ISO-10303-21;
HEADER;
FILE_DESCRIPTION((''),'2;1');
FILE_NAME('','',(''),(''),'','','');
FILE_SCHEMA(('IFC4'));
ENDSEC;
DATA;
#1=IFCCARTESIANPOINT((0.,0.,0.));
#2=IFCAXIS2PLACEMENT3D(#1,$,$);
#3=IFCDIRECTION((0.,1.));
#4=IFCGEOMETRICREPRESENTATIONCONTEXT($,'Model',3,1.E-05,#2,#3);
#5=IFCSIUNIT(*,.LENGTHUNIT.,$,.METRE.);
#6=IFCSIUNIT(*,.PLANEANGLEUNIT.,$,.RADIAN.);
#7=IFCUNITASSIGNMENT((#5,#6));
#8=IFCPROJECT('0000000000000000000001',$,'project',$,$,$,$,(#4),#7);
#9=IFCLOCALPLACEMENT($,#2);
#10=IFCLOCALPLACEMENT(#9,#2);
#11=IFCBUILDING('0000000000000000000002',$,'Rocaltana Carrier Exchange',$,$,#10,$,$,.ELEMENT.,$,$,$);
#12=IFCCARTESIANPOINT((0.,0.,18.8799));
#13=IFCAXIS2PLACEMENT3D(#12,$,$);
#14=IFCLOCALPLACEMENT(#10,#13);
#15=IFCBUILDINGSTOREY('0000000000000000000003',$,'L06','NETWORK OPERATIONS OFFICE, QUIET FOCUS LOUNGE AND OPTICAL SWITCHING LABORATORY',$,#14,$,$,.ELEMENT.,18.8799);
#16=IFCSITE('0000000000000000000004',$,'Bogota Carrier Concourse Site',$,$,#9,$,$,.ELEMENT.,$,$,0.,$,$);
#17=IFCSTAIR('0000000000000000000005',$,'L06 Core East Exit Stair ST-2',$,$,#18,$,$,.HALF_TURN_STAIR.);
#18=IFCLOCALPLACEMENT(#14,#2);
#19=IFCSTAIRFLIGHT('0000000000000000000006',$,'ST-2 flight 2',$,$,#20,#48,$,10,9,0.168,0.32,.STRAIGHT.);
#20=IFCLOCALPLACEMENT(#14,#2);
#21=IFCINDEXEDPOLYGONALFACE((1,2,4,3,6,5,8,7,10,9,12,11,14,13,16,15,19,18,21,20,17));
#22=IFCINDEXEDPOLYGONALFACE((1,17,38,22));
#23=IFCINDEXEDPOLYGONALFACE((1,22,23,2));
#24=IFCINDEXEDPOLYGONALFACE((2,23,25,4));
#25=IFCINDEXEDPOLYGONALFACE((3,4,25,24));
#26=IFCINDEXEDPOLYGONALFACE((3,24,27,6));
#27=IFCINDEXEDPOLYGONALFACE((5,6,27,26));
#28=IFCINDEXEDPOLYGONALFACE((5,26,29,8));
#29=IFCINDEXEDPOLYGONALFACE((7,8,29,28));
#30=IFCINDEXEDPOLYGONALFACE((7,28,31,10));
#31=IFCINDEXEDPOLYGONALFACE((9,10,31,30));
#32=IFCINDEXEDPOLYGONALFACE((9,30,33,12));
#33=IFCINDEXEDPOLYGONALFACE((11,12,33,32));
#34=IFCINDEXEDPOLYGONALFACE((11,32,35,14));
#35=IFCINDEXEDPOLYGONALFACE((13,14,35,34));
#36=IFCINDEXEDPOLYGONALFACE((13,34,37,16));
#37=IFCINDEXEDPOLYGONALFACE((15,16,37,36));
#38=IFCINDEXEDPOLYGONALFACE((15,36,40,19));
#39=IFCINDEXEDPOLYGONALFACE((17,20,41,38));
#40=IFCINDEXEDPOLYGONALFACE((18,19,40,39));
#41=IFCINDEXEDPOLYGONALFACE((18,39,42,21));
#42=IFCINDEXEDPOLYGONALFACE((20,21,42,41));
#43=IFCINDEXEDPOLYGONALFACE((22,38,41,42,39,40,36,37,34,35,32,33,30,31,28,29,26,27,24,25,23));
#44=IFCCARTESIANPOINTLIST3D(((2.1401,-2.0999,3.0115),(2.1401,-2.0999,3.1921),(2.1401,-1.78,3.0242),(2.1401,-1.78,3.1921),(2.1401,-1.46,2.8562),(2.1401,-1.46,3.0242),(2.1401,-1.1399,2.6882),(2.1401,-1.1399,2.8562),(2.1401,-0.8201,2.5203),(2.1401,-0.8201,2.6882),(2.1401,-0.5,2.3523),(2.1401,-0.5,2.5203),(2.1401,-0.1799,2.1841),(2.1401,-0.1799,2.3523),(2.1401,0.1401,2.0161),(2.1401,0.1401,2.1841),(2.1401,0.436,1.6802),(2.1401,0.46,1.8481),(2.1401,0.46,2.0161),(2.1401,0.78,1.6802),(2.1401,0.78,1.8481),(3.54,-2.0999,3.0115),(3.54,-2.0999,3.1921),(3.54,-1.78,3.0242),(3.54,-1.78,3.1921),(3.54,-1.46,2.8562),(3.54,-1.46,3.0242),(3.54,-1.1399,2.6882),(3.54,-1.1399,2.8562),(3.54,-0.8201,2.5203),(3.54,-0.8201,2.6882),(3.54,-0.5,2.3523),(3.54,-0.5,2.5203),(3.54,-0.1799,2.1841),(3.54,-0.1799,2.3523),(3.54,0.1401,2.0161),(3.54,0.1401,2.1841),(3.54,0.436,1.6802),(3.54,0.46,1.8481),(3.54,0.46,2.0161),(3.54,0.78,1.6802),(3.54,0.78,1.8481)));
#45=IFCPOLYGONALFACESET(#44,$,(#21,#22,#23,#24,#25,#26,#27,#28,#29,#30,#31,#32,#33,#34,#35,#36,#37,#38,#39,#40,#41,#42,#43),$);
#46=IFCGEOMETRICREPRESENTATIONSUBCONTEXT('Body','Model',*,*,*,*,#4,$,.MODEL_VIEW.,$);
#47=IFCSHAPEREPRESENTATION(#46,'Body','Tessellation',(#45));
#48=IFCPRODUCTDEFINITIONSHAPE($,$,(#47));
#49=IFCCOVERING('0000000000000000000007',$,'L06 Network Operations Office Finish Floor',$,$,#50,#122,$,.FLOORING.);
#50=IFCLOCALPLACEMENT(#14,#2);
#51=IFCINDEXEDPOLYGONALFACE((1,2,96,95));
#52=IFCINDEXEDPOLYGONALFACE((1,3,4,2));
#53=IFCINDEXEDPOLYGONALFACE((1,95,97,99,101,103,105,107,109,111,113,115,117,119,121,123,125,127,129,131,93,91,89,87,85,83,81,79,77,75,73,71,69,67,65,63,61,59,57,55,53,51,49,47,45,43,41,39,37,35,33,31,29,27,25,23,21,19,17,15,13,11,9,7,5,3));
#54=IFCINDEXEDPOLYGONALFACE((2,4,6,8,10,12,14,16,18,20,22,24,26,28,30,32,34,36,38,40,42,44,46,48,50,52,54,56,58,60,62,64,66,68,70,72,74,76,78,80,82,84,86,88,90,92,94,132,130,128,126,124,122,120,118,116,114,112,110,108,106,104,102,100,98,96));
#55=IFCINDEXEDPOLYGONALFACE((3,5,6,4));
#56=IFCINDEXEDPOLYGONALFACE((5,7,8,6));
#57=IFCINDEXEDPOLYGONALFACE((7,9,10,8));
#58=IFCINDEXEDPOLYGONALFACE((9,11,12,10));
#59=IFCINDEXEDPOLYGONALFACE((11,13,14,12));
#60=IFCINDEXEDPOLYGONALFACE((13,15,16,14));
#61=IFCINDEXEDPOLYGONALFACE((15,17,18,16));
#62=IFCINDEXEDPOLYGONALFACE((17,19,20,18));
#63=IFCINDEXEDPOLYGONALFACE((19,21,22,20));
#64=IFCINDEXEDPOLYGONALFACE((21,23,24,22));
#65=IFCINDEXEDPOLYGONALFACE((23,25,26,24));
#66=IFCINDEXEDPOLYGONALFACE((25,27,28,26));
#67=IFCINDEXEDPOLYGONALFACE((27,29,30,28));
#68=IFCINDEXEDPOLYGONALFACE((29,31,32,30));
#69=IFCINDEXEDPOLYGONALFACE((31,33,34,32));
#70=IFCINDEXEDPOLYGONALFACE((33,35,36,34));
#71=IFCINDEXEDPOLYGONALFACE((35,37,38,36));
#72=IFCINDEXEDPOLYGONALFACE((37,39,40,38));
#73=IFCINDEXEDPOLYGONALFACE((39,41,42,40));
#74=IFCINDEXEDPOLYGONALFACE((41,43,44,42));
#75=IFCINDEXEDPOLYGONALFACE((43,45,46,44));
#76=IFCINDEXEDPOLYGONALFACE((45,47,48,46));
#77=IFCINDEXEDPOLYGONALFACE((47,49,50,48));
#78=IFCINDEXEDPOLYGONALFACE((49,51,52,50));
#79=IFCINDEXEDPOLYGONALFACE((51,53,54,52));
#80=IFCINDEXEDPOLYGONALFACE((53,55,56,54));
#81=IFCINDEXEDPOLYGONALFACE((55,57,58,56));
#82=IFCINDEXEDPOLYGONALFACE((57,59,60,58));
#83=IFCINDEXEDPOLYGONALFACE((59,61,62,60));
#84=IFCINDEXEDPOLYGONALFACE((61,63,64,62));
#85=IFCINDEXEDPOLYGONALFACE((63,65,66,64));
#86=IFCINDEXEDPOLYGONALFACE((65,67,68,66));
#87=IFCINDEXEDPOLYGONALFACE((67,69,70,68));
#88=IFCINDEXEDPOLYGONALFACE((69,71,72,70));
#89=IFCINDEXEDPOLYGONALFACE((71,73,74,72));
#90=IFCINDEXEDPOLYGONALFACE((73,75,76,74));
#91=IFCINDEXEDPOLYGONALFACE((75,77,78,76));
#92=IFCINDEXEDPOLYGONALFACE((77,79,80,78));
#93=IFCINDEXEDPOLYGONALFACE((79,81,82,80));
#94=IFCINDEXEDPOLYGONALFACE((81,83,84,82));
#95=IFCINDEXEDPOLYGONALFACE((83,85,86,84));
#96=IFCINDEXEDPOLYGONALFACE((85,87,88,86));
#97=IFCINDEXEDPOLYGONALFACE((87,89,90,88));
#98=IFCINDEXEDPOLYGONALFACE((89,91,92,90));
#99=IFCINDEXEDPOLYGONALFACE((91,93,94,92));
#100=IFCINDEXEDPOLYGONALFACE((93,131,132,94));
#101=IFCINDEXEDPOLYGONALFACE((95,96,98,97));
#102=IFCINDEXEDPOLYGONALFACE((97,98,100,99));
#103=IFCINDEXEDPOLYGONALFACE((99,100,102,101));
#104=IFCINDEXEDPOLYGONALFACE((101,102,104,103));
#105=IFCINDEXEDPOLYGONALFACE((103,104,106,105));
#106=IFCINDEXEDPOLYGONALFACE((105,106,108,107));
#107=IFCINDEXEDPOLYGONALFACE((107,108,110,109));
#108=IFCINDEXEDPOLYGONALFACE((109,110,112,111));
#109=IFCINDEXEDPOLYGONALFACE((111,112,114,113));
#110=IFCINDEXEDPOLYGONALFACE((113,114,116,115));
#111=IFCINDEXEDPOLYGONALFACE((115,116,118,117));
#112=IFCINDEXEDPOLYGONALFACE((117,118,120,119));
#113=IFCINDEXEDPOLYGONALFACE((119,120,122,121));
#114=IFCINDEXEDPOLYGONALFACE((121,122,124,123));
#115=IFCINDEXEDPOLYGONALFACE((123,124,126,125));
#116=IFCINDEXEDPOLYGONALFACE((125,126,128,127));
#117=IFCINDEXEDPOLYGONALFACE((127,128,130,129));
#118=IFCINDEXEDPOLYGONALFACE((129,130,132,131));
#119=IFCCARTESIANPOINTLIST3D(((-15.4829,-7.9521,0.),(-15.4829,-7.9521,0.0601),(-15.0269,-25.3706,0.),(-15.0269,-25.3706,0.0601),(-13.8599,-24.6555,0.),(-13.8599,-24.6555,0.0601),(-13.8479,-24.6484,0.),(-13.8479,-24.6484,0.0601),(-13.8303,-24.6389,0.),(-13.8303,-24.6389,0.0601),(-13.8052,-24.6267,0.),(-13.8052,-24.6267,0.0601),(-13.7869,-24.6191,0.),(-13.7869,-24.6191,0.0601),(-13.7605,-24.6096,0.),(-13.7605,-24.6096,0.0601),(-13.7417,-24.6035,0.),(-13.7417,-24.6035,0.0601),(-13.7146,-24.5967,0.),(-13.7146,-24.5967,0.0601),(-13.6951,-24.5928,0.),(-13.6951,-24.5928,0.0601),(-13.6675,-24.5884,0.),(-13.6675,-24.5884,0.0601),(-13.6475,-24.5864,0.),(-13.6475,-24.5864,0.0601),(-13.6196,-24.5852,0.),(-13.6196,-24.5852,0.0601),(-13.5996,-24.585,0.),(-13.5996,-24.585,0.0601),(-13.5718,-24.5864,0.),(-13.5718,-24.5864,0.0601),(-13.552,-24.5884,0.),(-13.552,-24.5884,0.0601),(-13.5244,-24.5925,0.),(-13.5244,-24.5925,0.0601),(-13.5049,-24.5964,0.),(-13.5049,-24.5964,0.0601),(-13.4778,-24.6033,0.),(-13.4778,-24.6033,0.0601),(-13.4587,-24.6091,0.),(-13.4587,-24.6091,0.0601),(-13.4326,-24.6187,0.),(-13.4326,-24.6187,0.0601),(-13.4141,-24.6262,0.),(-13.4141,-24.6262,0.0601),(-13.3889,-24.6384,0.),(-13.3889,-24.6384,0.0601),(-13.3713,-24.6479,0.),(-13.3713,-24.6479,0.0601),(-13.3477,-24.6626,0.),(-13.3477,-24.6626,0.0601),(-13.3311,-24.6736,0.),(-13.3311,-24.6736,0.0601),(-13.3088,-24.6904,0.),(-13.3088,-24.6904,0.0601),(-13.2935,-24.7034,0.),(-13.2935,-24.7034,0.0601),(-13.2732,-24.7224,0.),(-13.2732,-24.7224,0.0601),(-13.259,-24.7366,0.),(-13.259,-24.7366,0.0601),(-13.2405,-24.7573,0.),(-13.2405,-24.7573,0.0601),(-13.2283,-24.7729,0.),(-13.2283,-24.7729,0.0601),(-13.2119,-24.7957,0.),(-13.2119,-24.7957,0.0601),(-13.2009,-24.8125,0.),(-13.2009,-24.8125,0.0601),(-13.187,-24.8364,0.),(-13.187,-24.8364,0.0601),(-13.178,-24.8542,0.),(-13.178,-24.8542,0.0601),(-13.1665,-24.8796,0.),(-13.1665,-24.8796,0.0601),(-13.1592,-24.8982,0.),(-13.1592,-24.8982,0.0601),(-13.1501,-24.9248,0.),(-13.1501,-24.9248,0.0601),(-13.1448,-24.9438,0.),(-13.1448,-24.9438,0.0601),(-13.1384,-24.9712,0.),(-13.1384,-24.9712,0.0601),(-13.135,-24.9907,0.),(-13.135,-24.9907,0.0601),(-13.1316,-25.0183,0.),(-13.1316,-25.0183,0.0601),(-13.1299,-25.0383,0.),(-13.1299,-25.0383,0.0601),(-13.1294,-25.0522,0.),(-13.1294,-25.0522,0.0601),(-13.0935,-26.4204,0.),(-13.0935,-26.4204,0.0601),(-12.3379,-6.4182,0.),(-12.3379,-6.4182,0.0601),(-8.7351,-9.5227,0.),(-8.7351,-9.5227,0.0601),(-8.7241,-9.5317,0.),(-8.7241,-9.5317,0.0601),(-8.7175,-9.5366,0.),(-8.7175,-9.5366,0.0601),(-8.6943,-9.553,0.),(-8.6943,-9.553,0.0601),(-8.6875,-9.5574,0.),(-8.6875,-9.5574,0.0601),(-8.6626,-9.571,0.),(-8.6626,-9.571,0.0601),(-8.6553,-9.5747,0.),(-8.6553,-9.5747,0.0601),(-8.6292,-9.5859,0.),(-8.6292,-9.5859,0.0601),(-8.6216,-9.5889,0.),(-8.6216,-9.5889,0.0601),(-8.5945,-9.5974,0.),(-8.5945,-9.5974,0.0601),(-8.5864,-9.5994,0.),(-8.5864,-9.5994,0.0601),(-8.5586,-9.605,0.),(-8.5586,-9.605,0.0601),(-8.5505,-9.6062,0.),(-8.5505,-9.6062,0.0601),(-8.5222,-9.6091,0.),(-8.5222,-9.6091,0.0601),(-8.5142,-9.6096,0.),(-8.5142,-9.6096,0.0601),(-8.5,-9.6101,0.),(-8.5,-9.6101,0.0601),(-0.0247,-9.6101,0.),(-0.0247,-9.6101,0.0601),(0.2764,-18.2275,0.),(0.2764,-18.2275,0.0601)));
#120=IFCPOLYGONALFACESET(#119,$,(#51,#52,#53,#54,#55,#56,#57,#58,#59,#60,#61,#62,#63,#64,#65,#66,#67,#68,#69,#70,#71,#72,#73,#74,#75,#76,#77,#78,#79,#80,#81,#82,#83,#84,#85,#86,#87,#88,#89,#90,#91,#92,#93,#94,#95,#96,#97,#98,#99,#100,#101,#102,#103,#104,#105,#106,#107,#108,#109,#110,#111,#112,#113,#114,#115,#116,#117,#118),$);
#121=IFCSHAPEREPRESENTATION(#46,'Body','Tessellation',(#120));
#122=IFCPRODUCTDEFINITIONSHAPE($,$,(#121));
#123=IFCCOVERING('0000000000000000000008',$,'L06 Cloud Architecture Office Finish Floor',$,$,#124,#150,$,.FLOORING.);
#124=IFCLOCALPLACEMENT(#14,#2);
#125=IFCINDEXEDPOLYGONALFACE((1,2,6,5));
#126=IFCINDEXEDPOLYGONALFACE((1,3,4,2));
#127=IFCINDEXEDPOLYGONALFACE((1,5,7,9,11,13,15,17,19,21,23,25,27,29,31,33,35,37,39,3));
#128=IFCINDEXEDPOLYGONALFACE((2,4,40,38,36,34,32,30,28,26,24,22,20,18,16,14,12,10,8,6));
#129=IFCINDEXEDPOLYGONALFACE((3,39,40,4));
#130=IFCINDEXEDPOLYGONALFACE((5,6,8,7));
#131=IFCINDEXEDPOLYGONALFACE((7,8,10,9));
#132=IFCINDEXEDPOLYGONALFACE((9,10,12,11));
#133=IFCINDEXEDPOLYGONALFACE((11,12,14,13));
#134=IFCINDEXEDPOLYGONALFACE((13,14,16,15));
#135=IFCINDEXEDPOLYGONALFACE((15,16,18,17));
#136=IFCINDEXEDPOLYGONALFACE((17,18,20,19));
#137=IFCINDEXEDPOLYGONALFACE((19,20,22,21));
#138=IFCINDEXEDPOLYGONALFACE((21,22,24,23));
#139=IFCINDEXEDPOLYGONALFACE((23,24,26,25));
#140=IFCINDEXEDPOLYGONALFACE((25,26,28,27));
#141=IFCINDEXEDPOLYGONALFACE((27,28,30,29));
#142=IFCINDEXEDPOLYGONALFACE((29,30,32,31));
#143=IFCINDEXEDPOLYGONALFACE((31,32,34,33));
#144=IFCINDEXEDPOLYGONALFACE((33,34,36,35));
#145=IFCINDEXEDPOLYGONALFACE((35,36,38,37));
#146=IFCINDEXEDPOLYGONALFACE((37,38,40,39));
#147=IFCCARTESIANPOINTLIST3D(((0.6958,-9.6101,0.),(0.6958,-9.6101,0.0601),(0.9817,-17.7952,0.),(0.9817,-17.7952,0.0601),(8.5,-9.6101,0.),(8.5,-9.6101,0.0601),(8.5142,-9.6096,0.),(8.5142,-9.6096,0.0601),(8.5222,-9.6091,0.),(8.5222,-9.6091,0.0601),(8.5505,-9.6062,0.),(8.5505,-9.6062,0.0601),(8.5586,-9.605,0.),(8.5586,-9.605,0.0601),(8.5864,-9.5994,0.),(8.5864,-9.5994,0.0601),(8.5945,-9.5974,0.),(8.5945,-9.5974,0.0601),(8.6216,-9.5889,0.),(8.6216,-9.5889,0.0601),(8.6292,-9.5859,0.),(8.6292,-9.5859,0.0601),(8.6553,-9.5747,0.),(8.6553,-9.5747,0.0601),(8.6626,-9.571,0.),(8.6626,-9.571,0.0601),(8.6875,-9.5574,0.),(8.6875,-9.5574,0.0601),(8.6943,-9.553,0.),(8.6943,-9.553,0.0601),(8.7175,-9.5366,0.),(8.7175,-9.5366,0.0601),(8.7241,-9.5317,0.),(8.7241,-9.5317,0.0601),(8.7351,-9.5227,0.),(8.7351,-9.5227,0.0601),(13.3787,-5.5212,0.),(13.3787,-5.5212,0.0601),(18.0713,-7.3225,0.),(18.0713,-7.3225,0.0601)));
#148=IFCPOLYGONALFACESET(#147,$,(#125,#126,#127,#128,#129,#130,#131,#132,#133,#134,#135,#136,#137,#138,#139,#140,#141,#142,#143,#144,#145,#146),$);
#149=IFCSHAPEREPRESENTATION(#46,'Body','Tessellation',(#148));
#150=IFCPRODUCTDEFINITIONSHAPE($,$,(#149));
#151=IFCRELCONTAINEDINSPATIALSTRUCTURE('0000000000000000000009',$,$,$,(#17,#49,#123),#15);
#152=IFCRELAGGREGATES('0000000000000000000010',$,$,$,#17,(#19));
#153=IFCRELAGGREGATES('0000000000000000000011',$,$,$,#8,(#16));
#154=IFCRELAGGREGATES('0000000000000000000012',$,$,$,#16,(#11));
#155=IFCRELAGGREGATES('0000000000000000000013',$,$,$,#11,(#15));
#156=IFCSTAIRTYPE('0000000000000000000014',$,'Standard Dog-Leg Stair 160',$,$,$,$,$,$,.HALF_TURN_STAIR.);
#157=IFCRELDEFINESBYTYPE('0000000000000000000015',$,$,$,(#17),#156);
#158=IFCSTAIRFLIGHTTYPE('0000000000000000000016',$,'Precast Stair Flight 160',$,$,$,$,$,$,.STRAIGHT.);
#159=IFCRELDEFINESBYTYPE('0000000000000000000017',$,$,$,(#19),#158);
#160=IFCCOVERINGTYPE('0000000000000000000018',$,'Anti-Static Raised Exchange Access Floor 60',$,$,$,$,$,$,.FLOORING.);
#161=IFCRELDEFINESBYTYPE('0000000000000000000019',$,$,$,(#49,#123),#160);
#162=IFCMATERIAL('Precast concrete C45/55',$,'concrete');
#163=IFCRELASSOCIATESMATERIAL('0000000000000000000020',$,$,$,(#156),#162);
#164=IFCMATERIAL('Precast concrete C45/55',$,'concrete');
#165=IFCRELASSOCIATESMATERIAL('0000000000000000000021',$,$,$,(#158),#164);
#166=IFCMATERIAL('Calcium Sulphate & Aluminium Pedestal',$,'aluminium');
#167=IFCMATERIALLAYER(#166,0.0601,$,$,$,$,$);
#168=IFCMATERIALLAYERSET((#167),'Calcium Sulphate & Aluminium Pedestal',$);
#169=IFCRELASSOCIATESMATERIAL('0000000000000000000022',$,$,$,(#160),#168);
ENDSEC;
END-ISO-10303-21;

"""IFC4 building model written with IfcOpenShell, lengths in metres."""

from ifc_helpers import new_model, si_unit, direction, frame, origin, place, context, subcontext, project, spatial, polyline, outline, extrude, material, layer, layer_set, type_object, element, aggregate, save


model = new_model("IFC4")

# Units and contexts
model_context = context("Model", 3, precision=1e-05, world=origin(), true_north=direction((0.0, 1.0)))
body_context = subcontext(model_context, "Body", "Model", "MODEL_VIEW")
ifc_project = project(units=[si_unit("LENGTHUNIT", "METRE"), si_unit("PLANEANGLEUNIT", "RADIAN")], contexts=[model_context])

# Site, building, storey
site_placement = place(None, origin())
site = spatial("IfcSite", under=ifc_project, at=site_placement, Name="Bogota Carrier Concourse Site", CompositionType="ELEMENT", RefElevation=0.0)
building_placement = place(site_placement, origin())
building = spatial("IfcBuilding", under=site, at=building_placement, Name="Rocaltana Carrier Exchange", CompositionType="ELEMENT")
storey_placement = place(building_placement, frame((0.0, 0.0, 18.8799)))
storey = spatial("IfcBuildingStorey", under=building, at=storey_placement, Name="L06", Description="NETWORK OPERATIONS OFFICE, QUIET FOCUS LOUNGE AND OPTICAL SWITCHING LABORATORY", CompositionType="ELEMENT", Elevation=18.8799)

# Stair, stair flight
ifc_material_1 = material(Name="Precast concrete C45/55", Category="concrete")
stair_type = type_object("IfcStairType", Name="Standard Dog-Leg Stair 160", PredefinedType="HALF_TURN_STAIR", material=ifc_material_1)
stair_placement = place(storey_placement, origin())
stair = element("IfcStair", 1, at=stair_placement, inside=storey, type_object=stair_type, Name="L06 Core East Exit Stair ST-2", PredefinedType="HALF_TURN_STAIR")
ifc_material_2 = material(Name="Precast concrete C45/55", Category="concrete")
stair_flight_type = type_object("IfcStairFlightType", Name="Precast Stair Flight 160", PredefinedType="STRAIGHT", material=ifc_material_2)
stair_flight_placement = place(storey_placement, frame((2.8401, 0.78, 1.6802), z_axis=(0.0, 0.0, 1.0), x_axis=(0.0, -1.0, 0.0)))
stair_flight = element("IfcStairFlight", 2, at=stair_flight_placement, type_object=stair_flight_type, Name="ST-2 flight 2", NumberOfRisers=10, NumberOfTreads=9, PredefinedType="STRAIGHT", RiserHeight=0.168, TreadLength=0.32, context=body_context, shape_type="SweptSolid", body=[
    extrude(outline(polyline([(0.0, 0.0), (0.0, 0.168), (0.3201, 0.168), (0.3201, 0.3359), (0.6399, 0.3359), (0.6399, 0.5039), (0.96, 0.5039), (0.96, 0.6721), (1.28, 0.6721), (1.28, 0.8401), (1.6001, 0.8401), (1.6001, 1.0081), (1.9199, 1.0081), (1.9199, 1.176), (2.24, 1.176), (2.24, 1.344), (2.5601, 1.344), (2.5601, 1.512), (2.8799, 1.512), (2.8799, 1.6799), (2.8799, 1.3313), (0.344, 0.0), (0.0, 0.0)])), frame((0.0, 0.7, 0.0), z_axis=(0.0, -1.0, 0.0), x_axis=(1.0, 0.0, 0.0)), (0.0, 0.0, 1.0), 1.3999),
])
aggregate(stair, [stair_flight])

# Coverings
ifc_material_3 = material(Name="Calcium Sulphate & Aluminium Pedestal", Category="aluminium")
ifc_layer_1 = layer(ifc_material_3, 0.0601)
ifc_layer_set_1 = layer_set([ifc_layer_1], Name="Calcium Sulphate & Aluminium Pedestal")
covering_type_1 = type_object("IfcCoveringType", Name="Anti-Static Raised Exchange Access Floor 60", PredefinedType="FLOORING", material=ifc_layer_set_1)
covering_1_placement = place(storey_placement, origin())
element("IfcCovering", 3, at=covering_1_placement, inside=storey, type_object=covering_type_1, Name="L06 Network Operations Office Finish Floor", PredefinedType="FLOORING", context=body_context, shape_type="SweptSolid", body=[
    extrude(outline(polyline([(-13.1294, -25.0522), (-13.1299, -25.0383), (-13.1316, -25.0183), (-13.135, -24.9907), (-13.1384, -24.9712), (-13.1448, -24.9438), (-13.1501, -24.9248), (-13.1592, -24.8982), (-13.1665, -24.8796), (-13.178, -24.8542), (-13.187, -24.8364), (-13.2009, -24.8125), (-13.2119, -24.7957), (-13.2283, -24.7729), (-13.2405, -24.7573), (-13.259, -24.7366), (-13.2732, -24.7224), (-13.2935, -24.7034), (-13.3088, -24.6904), (-13.3311, -24.6736), (-13.3477, -24.6626), (-13.3713, -24.6479), (-13.3889, -24.6384), (-13.4141, -24.6262), (-13.4326, -24.6187), (-13.4587, -24.6091), (-13.4778, -24.6033), (-13.5049, -24.5964), (-13.5244, -24.5925), (-13.552, -24.5884), (-13.5718, -24.5864), (-13.5996, -24.585), (-13.6196, -24.5852), (-13.6475, -24.5864), (-13.6675, -24.5884), (-13.6951, -24.5928), (-13.7146, -24.5967), (-13.7417, -24.6035), (-13.7605, -24.6096), (-13.7869, -24.6191), (-13.8052, -24.6267), (-13.8303, -24.6389), (-13.8479, -24.6484), (-13.8599, -24.6555), (-15.0269, -25.3706), (-15.4829, -7.9521), (-12.3379, -6.4182), (-8.7351, -9.5227), (-8.7241, -9.5317), (-8.7175, -9.5366), (-8.6943, -9.553), (-8.6875, -9.5574), (-8.6626, -9.571), (-8.6553, -9.5747), (-8.6292, -9.5859), (-8.6216, -9.5889), (-8.5945, -9.5974), (-8.5864, -9.5994), (-8.5586, -9.605), (-8.5505, -9.6062), (-8.5222, -9.6091), (-8.5142, -9.6096), (-8.5, -9.6101), (-0.0247, -9.6101), (0.2764, -18.2275), (-13.0935, -26.4204), (-13.1294, -25.0522)])), origin(), (0.0, 0.0, 1.0), 0.0601),
])
covering_2_placement = place(storey_placement, origin())
element("IfcCovering", 4, at=covering_2_placement, inside=storey, type_object=covering_type_1, Name="L06 Cloud Architecture Office Finish Floor", PredefinedType="FLOORING", context=body_context, shape_type="SweptSolid", body=[
    extrude(outline(polyline([(0.9817, -17.7952), (0.6958, -9.6101), (8.5, -9.6101), (8.5142, -9.6096), (8.5222, -9.6091), (8.5505, -9.6062), (8.5586, -9.605), (8.5864, -9.5994), (8.5945, -9.5974), (8.6216, -9.5889), (8.6292, -9.5859), (8.6553, -9.5747), (8.6626, -9.571), (8.6875, -9.5574), (8.6943, -9.553), (8.7175, -9.5366), (8.7241, -9.5317), (8.7351, -9.5227), (13.3787, -5.5212), (18.0713, -7.3225), (0.9817, -17.7952)])), origin(), (0.0, 0.0, 1.0), 0.0601),
])

save(model, "model.ifc")
